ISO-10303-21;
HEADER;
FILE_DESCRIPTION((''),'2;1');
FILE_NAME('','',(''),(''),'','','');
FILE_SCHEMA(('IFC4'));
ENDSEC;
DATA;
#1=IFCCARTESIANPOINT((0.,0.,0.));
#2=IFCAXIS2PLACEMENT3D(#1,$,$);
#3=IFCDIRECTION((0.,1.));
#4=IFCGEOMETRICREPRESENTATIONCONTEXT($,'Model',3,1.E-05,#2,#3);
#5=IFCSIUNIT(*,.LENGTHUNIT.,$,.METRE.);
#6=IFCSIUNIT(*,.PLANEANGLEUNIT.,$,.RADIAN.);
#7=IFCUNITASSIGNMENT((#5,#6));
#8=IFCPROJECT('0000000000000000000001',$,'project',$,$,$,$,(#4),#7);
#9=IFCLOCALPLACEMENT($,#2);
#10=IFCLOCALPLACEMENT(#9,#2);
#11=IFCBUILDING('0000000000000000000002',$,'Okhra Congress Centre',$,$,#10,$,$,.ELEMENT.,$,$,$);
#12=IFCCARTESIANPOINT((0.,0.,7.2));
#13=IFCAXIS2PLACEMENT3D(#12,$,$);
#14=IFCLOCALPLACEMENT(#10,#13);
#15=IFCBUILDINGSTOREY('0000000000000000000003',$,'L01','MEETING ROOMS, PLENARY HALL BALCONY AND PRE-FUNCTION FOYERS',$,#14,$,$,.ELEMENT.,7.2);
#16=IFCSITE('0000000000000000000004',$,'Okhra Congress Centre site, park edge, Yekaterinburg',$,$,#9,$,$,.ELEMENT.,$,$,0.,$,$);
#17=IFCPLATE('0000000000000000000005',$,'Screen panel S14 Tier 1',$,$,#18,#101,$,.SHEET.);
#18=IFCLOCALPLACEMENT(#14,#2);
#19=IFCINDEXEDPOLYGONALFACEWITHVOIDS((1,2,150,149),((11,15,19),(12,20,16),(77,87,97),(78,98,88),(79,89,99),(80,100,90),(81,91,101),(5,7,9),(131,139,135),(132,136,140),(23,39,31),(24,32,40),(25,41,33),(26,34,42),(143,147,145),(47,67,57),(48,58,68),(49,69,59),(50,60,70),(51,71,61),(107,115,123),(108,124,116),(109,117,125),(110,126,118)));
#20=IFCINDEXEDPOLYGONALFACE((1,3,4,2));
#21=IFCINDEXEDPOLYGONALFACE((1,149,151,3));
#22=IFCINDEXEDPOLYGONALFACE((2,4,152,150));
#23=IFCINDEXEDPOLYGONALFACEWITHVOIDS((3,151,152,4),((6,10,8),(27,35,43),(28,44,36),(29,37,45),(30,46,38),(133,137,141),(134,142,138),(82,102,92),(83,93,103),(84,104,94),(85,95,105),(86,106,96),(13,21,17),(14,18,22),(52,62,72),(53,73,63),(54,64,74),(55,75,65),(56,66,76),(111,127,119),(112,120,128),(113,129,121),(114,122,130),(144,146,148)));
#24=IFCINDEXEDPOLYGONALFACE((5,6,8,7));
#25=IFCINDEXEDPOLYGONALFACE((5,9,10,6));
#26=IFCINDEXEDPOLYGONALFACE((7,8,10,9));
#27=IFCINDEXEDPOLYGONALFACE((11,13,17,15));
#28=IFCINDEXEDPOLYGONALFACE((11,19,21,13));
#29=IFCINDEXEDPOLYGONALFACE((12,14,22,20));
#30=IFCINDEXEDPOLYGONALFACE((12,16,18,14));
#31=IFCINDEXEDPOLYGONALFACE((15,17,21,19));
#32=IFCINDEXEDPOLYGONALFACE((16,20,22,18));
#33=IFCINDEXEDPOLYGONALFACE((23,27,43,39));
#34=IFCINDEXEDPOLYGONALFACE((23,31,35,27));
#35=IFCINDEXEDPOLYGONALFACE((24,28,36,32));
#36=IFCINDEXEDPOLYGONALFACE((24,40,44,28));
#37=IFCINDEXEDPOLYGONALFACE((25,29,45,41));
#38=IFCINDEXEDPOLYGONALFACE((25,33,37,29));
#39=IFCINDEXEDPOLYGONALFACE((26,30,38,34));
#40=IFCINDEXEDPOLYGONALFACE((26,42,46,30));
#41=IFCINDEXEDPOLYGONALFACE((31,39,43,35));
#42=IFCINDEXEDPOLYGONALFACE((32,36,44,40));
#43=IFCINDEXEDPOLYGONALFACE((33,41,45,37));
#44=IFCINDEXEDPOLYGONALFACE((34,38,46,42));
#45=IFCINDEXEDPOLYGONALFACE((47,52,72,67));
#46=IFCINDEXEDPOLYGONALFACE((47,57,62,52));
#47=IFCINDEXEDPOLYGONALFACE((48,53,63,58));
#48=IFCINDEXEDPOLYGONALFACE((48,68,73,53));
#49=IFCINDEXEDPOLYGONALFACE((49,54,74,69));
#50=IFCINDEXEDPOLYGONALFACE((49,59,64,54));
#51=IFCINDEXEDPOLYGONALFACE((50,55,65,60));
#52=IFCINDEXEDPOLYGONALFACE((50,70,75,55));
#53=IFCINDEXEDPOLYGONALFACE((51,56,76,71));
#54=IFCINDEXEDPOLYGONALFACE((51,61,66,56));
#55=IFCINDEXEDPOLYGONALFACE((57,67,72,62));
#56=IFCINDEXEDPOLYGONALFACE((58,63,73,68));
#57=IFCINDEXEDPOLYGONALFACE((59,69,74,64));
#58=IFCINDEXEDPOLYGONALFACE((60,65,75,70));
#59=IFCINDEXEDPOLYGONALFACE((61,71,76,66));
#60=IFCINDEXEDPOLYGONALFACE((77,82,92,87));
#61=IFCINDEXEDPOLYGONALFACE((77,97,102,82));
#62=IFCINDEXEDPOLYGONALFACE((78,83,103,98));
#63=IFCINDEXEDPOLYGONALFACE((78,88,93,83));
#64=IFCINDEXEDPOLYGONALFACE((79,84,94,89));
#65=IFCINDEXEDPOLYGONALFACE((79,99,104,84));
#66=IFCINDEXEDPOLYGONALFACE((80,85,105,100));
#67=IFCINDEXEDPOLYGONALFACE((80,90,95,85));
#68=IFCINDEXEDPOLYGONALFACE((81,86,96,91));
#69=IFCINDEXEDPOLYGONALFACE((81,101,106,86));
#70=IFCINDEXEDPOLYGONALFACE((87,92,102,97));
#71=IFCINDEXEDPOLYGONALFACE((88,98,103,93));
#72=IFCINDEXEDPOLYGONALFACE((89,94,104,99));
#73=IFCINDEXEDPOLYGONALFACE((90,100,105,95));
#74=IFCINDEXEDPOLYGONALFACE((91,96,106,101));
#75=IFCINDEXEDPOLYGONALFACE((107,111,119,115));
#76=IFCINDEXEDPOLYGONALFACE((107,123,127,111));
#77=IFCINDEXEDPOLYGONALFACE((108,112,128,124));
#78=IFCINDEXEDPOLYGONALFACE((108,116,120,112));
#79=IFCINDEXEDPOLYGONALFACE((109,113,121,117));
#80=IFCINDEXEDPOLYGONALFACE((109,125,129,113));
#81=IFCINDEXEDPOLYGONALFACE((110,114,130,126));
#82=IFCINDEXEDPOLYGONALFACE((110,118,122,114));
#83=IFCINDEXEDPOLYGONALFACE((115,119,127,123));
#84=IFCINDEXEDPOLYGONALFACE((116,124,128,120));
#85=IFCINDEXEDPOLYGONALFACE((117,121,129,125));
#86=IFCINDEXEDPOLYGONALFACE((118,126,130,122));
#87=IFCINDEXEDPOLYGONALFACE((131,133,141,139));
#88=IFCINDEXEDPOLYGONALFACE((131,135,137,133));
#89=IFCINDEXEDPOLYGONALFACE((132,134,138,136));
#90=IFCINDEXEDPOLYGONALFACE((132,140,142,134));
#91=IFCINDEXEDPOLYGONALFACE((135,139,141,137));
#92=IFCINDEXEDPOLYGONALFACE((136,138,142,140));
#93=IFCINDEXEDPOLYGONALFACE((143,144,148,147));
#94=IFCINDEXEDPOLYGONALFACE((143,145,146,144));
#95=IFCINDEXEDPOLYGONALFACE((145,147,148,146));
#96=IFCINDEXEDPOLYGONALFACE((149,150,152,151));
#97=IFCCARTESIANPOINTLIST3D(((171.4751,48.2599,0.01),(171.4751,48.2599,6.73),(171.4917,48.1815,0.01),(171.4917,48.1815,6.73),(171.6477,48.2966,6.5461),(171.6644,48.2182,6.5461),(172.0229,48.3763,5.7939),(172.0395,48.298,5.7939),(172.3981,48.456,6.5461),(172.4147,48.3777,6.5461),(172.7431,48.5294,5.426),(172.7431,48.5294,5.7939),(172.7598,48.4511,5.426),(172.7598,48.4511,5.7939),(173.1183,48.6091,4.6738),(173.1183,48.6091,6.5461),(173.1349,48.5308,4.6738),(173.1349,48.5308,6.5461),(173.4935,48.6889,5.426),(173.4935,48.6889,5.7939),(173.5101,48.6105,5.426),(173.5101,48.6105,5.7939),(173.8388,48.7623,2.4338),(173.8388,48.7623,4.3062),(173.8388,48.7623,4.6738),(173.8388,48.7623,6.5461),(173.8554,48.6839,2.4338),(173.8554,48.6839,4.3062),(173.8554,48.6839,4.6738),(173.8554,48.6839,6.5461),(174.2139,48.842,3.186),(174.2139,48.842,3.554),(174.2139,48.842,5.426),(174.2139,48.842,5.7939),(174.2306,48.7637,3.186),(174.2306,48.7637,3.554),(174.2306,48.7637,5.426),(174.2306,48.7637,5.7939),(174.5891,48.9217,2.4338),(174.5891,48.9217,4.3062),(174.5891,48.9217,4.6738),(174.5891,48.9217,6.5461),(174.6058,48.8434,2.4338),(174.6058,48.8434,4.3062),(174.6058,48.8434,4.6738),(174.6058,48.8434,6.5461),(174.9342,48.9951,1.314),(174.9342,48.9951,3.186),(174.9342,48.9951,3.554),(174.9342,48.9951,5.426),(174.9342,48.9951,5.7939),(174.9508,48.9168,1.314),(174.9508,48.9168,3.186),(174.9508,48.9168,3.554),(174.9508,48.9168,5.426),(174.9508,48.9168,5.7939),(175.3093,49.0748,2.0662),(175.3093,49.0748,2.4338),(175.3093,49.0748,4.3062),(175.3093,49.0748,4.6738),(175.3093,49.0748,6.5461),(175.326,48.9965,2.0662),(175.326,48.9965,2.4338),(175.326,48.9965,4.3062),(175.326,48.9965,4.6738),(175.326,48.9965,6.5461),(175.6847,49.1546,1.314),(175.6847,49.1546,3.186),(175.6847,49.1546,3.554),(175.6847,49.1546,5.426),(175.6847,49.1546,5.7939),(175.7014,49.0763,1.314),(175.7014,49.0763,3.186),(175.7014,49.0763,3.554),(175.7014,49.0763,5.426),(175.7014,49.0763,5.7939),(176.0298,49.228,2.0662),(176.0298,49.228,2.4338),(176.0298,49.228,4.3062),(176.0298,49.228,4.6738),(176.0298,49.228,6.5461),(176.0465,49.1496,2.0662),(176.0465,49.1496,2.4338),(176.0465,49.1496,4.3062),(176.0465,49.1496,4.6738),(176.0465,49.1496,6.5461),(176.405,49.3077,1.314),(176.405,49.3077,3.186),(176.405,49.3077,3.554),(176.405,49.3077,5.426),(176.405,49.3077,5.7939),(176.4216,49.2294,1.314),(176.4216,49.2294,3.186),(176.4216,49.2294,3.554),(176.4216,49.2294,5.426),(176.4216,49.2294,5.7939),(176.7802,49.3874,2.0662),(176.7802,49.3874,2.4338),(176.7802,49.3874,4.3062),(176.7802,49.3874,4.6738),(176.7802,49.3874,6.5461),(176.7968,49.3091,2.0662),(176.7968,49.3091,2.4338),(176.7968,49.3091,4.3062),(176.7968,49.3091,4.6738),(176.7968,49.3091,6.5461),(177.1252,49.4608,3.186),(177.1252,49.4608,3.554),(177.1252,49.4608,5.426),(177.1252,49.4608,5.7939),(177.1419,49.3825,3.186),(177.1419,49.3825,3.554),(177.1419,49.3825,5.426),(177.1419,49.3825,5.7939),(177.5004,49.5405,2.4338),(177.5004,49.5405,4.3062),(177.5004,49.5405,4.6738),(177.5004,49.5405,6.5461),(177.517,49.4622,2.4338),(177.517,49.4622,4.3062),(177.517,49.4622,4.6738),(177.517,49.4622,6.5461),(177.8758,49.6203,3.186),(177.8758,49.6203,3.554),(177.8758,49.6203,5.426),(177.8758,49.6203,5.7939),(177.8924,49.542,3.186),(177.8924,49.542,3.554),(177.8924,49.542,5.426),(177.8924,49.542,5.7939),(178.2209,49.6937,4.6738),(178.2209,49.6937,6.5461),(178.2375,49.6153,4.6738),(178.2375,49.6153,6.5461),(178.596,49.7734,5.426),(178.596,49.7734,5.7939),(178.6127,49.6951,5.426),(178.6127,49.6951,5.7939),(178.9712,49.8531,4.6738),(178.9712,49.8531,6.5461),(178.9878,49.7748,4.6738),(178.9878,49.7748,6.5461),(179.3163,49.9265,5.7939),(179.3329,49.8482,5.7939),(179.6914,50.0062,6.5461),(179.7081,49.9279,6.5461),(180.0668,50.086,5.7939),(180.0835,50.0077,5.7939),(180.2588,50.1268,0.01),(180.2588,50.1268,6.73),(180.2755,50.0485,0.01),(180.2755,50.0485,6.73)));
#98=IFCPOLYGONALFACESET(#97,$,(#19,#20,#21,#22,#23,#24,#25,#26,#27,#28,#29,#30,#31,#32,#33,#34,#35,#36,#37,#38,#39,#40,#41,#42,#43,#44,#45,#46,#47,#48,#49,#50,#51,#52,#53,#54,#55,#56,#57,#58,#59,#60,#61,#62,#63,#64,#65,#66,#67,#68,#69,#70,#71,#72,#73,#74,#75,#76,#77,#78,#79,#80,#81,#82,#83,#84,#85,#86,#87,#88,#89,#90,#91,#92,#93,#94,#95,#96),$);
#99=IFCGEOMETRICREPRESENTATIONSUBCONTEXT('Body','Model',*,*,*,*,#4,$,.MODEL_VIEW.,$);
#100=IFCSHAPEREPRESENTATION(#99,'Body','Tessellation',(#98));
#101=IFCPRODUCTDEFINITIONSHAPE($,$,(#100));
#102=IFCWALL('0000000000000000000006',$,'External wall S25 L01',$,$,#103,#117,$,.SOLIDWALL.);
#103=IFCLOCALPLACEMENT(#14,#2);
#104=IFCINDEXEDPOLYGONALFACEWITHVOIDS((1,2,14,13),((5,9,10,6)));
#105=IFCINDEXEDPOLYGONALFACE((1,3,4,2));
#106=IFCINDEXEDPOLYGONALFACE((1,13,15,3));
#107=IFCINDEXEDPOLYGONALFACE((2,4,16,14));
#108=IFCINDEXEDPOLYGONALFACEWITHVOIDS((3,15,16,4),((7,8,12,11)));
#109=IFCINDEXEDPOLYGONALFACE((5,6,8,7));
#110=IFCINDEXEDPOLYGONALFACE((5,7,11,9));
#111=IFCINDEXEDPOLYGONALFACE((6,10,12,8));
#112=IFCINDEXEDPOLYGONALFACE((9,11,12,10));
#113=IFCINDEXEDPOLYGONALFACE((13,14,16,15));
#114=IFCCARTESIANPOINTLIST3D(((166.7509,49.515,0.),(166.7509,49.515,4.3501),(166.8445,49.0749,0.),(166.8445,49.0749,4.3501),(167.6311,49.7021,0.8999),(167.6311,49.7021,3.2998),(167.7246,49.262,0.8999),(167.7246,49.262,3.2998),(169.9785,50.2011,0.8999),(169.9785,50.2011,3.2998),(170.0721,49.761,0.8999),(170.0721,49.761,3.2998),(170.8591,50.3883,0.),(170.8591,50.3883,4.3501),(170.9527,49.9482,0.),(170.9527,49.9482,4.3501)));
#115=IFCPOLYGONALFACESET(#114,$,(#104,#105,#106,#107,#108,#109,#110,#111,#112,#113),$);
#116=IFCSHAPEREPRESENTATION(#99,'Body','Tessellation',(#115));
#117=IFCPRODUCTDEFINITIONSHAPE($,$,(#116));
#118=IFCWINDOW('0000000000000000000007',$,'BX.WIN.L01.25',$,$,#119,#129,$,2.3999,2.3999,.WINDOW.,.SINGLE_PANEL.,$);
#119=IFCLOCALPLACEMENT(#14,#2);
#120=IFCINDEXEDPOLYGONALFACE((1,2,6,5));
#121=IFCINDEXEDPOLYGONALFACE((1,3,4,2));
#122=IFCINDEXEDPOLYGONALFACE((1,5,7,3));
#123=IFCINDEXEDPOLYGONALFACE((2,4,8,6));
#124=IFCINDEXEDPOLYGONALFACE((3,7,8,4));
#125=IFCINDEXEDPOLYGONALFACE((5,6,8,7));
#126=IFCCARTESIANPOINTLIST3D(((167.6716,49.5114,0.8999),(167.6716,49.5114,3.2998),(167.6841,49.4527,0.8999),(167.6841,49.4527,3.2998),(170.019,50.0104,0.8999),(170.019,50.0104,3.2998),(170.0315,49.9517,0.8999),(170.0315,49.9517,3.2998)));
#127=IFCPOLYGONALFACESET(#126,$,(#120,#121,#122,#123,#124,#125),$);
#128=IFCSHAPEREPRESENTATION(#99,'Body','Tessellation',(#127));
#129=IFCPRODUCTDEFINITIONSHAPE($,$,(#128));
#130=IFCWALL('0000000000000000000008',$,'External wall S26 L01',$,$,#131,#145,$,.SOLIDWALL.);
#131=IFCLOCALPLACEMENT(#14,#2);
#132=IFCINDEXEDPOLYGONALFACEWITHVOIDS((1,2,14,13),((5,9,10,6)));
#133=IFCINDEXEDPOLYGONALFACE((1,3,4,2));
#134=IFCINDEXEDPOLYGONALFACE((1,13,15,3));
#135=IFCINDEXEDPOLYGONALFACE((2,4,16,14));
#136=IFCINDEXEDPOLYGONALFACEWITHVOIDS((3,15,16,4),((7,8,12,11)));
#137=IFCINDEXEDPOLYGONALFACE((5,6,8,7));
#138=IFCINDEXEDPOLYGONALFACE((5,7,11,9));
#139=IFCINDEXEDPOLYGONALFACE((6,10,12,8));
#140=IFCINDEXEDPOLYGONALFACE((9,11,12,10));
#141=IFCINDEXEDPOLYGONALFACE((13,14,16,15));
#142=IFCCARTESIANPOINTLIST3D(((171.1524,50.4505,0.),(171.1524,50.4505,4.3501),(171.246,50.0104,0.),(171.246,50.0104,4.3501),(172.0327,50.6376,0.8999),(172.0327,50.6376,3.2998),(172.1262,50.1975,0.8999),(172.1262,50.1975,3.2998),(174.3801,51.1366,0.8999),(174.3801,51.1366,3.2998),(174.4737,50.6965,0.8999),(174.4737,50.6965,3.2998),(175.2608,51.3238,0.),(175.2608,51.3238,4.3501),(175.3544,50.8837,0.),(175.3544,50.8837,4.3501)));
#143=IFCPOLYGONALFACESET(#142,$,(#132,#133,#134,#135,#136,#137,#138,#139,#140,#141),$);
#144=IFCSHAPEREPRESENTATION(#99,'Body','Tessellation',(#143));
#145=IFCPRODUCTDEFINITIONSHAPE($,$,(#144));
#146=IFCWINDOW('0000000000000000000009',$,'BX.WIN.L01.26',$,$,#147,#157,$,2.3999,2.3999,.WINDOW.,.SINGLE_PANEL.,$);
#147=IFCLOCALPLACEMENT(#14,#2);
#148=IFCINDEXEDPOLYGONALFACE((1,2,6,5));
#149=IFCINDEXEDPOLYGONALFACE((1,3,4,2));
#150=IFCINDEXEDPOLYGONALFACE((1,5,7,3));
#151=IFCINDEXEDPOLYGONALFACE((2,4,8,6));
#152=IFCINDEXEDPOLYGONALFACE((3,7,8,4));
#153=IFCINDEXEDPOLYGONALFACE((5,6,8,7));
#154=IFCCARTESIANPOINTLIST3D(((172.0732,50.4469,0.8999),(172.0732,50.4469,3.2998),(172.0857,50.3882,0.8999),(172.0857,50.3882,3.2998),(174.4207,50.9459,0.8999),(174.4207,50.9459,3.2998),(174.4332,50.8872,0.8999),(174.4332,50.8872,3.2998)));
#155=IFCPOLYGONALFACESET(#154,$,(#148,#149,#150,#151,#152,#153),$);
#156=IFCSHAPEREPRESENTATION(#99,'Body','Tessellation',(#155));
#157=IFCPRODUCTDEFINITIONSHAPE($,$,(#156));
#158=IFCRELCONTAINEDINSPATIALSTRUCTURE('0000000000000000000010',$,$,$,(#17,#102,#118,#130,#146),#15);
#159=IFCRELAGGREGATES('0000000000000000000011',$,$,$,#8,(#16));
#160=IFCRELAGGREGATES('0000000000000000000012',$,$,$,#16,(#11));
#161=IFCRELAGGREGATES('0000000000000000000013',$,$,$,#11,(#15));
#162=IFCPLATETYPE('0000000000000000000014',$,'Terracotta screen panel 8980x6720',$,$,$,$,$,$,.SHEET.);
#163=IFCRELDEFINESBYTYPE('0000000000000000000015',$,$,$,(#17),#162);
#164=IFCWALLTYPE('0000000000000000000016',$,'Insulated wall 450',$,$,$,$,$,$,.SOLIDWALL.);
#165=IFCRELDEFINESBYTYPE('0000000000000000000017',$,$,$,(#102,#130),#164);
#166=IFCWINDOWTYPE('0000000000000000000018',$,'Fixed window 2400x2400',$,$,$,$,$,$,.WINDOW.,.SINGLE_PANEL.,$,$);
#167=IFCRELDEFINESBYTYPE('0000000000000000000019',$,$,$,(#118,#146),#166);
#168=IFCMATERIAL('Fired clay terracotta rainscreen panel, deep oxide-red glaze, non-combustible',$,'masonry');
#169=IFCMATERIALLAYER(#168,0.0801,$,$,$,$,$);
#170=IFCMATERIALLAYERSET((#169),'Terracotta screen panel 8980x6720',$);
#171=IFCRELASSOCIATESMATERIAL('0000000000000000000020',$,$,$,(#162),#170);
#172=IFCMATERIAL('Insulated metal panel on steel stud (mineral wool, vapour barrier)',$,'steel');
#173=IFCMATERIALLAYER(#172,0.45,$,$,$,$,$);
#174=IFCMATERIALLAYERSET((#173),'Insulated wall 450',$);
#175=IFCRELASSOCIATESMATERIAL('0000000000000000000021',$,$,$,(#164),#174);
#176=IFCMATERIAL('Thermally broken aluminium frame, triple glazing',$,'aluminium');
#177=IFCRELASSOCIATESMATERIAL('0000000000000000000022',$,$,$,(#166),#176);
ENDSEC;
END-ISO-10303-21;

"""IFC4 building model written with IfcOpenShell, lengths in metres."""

from ifc_helpers import new_model, si_unit, direction, frame, frame_2d, origin, place, context, subcontext, project, spatial, polyline, rectangle, outline, extrude, material, layer, layer_set, type_object, element, fill, save


model = new_model("IFC4")

# Units and contexts
model_context = context("Model", 3, precision=1e-05, world=origin(), true_north=direction((0.0, 1.0)))
body_context = subcontext(model_context, "Body", "Model", "MODEL_VIEW")
ifc_project = project(units=[si_unit("LENGTHUNIT", "METRE"), si_unit("PLANEANGLEUNIT", "RADIAN")], contexts=[model_context])

# Site, building, storey
site_placement = place(None, origin())
site = spatial("IfcSite", under=ifc_project, at=site_placement, Name="Okhra Congress Centre site, park edge, Yekaterinburg", CompositionType="ELEMENT", RefElevation=0.0)
building_placement = place(site_placement, origin())
building = spatial("IfcBuilding", under=site, at=building_placement, Name="Okhra Congress Centre", CompositionType="ELEMENT")
storey_placement = place(building_placement, frame((0.0, 0.0, 7.2)))
storey = spatial("IfcBuildingStorey", under=building, at=storey_placement, Name="L01", Description="MEETING ROOMS, PLENARY HALL BALCONY AND PRE-FUNCTION FOYERS", CompositionType="ELEMENT", Elevation=7.2)

# Plate
ifc_material_1 = material(Name="Fired clay terracotta rainscreen panel, deep oxide-red glaze, non-combustible", Category="masonry")
ifc_layer_1 = layer(ifc_material_1, 0.0801)
ifc_layer_set_1 = layer_set([ifc_layer_1], Name="Terracotta screen panel 8980x6720")
plate_type = type_object("IfcPlateType", Name="Terracotta screen panel 8980x6720", PredefinedType="SHEET", material=ifc_layer_set_1)
plate_placement = place(storey_placement, frame((171.4834, 48.2207, 0.01), z_axis=(0.0, 0.0, 1.0), x_axis=(0.97815, 0.207902, 0.0)))
element("IfcPlate", 1, at=plate_placement, inside=storey, type_object=plate_type, Name="Screen panel S14 Tier 1", PredefinedType="SHEET", context=body_context, shape_type="SweptSolid", body=[
    extrude(outline(polyline([(0.0, 0.0), (8.98, 0.0), (8.98, 6.72), (0.0, 6.72), (0.0, 0.0)]), holes=[polyline([(3.5364, 1.304), (4.3037, 1.304), (3.9199, 2.0562), (3.5364, 1.304)]), polyline([(4.6565, 2.0562), (5.04, 1.304), (5.4236, 2.0562), (4.6565, 2.0562)]), polyline([(2.4165, 2.4238), (3.1836, 2.4238), (2.8, 3.176), (2.4165, 2.4238)]), polyline([(3.5364, 3.176), (3.9199, 2.4238), (4.3037, 3.176), (3.5364, 3.176)]), polyline([(4.6565, 2.4238), (5.4236, 2.4238), (5.04, 3.176), (4.6565, 2.4238)]), polyline([(5.7764, 3.176), (6.1599, 2.4238), (6.5437, 3.176), (5.7764, 3.176)]), polyline([(2.4165, 4.2961), (2.8, 3.5439), (3.1836, 4.2961), (2.4165, 4.2961)]), polyline([(3.5364, 3.5439), (4.3037, 3.5439), (3.9199, 4.2961), (3.5364, 3.5439)]), polyline([(4.6565, 4.2961), (5.04, 3.5439), (5.4236, 4.2961), (4.6565, 4.2961)]), polyline([(5.7764, 3.5439), (6.5437, 3.5439), (6.1599, 4.2961), (5.7764, 3.5439)]), polyline([(1.2964, 5.416), (1.6799, 4.6638), (2.0635, 5.416), (1.2964, 5.416)]), polyline([(2.4165, 4.6638), (3.1836, 4.6638), (2.8, 5.416), (2.4165, 4.6638)]), polyline([(3.5364, 5.416), (3.9199, 4.6638), (4.3037, 5.416), (3.5364, 5.416)]), polyline([(4.6565, 4.6638), (5.4236, 4.6638), (5.04, 5.416), (4.6565, 4.6638)]), polyline([(5.7764, 5.416), (6.1599, 4.6638), (6.5437, 5.416), (5.7764, 5.416)]), polyline([(6.8965, 4.6638), (7.6636, 4.6638), (7.28, 5.416), (6.8965, 4.6638)]), polyline([(0.1765, 6.5361), (0.5601, 5.7839), (0.9436, 6.5361), (0.1765, 6.5361)]), polyline([(1.2964, 5.7839), (2.0635, 5.7839), (1.6799, 6.5361), (1.2964, 5.7839)]), polyline([(2.4165, 6.5361), (2.8, 5.7839), (3.1836, 6.5361), (2.4165, 6.5361)]), polyline([(3.5364, 5.7839), (4.3037, 5.7839), (3.9199, 6.5361), (3.5364, 5.7839)]), polyline([(4.6565, 6.5361), (5.04, 5.7839), (5.4236, 6.5361), (4.6565, 6.5361)]), polyline([(5.7764, 5.7839), (6.5437, 5.7839), (6.1599, 6.5361), (5.7764, 5.7839)]), polyline([(6.8965, 6.5361), (7.28, 5.7839), (7.6636, 6.5361), (6.8965, 6.5361)]), polyline([(8.0164, 5.7839), (8.7837, 5.7839), (8.3999, 6.5361), (8.0164, 5.7839)])]), frame((0.0, 0.04, 0.0), z_axis=(0.0, -1.0, 0.0), x_axis=(1.0, 0.0, 0.0)), (0.0, 0.0, 1.0), 0.0801),
])

# Walls, openings, windows
ifc_material_2 = material(Name="Insulated metal panel on steel stud (mineral wool, vapour barrier)", Category="steel")
ifc_layer_2 = layer(ifc_material_2, 0.45)
ifc_layer_set_2 = layer_set([ifc_layer_2], Name="Insulated wall 450")
wall_type_1 = type_object("IfcWallType", Name="Insulated wall 450", PredefinedType="SOLIDWALL", material=ifc_layer_set_2)
wall_1_placement = place(storey_placement, frame((166.7976, 49.2949, 0.0), z_axis=(0.0, 0.0, 1.0), x_axis=(0.978144, 0.207929, 0.0)))
wall_1 = element("IfcWall", 2, at=wall_1_placement, inside=storey, type_object=wall_type_1, Name="External wall S25 L01", PredefinedType="SOLIDWALL", context=body_context, shape_type="SweptSolid", body=[
    extrude(rectangle(XDim=4.2, YDim=0.45, at=frame_2d((2.1001, 0.0))), origin(), (0.0, 0.0, 1.0), 4.3501),
])
opening_1_placement = place(wall_1_placement, frame((0.8999, 0.0, 0.8999)))
opening_1 = element("IfcOpeningElement", 3, at=opening_1_placement, cuts=wall_1, PredefinedType="OPENING", context=body_context, shape_type="SweptSolid", body=[
    extrude(rectangle(XDim=2.3999, YDim=2.3999, at=frame_2d((1.2, 1.2))), frame((0.0, 0.2349, 0.0), z_axis=(0.0, -1.0, 0.0), x_axis=(1.0, 0.0, 0.0)), (0.0, 0.0, 1.0), 0.47),
])
ifc_material_3 = material(Name="Thermally broken aluminium frame, triple glazing", Category="aluminium")
window_type = type_object("IfcWindowType", Name="Fixed window 2400x2400", PartitioningType="SINGLE_PANEL", PredefinedType="WINDOW", material=ifc_material_3)
window_1_placement = place(opening_1_placement, origin())
window_1 = element("IfcWindow", 4, at=window_1_placement, inside=storey, type_object=window_type, Name="BX.WIN.L01.25", OverallHeight=2.3999, OverallWidth=2.3999, PartitioningType="SINGLE_PANEL", PredefinedType="WINDOW", context=body_context, shape_type="SweptSolid", body=[
    extrude(rectangle(XDim=2.3999, YDim=2.3999, at=frame_2d((1.2, 1.2))), frame((0.0, 0.03, 0.0), z_axis=(0.0, -1.0, 0.0), x_axis=(1.0, 0.0, 0.0)), (0.0, 0.0, 1.0), 0.0601),
])
fill(opening_1, window_1)
wall_2_placement = place(storey_placement, frame((171.1992, 50.2305, 0.0), z_axis=(0.0, 0.0, 1.0), x_axis=(0.978146, 0.207917, 0.0)))
wall_2 = element("IfcWall", 5, at=wall_2_placement, inside=storey, type_object=wall_type_1, Name="External wall S26 L01", PredefinedType="SOLIDWALL", context=body_context, shape_type="SweptSolid", body=[
    extrude(rectangle(XDim=4.2002, YDim=0.45, at=frame_2d((2.1001, 0.0))), origin(), (0.0, 0.0, 1.0), 4.3501),
])
opening_2_placement = place(wall_2_placement, frame((0.8999, 0.0, 0.8999)))
opening_2 = element("IfcOpeningElement", 6, at=opening_2_placement, cuts=wall_2, PredefinedType="OPENING", context=body_context, shape_type="SweptSolid", body=[
    extrude(rectangle(XDim=2.3999, YDim=2.3999, at=frame_2d((1.2, 1.2))), frame((0.0, 0.2349, 0.0), z_axis=(0.0, -1.0, 0.0), x_axis=(1.0, 0.0, 0.0)), (0.0, 0.0, 1.0), 0.47),
])
window_2_placement = place(opening_2_placement, origin())
window_2 = element("IfcWindow", 7, at=window_2_placement, inside=storey, type_object=window_type, Name="BX.WIN.L01.26", OverallHeight=2.3999, OverallWidth=2.3999, PartitioningType="SINGLE_PANEL", PredefinedType="WINDOW", context=body_context, shape_type="SweptSolid", body=[
    extrude(rectangle(XDim=2.3999, YDim=2.3999, at=frame_2d((1.2, 1.2))), frame((0.0, 0.03, 0.0), z_axis=(0.0, -1.0, 0.0), x_axis=(1.0, 0.0, 0.0)), (0.0, 0.0, 1.0), 0.0601),
])
fill(opening_2, window_2)

save(model, "model.ifc")
